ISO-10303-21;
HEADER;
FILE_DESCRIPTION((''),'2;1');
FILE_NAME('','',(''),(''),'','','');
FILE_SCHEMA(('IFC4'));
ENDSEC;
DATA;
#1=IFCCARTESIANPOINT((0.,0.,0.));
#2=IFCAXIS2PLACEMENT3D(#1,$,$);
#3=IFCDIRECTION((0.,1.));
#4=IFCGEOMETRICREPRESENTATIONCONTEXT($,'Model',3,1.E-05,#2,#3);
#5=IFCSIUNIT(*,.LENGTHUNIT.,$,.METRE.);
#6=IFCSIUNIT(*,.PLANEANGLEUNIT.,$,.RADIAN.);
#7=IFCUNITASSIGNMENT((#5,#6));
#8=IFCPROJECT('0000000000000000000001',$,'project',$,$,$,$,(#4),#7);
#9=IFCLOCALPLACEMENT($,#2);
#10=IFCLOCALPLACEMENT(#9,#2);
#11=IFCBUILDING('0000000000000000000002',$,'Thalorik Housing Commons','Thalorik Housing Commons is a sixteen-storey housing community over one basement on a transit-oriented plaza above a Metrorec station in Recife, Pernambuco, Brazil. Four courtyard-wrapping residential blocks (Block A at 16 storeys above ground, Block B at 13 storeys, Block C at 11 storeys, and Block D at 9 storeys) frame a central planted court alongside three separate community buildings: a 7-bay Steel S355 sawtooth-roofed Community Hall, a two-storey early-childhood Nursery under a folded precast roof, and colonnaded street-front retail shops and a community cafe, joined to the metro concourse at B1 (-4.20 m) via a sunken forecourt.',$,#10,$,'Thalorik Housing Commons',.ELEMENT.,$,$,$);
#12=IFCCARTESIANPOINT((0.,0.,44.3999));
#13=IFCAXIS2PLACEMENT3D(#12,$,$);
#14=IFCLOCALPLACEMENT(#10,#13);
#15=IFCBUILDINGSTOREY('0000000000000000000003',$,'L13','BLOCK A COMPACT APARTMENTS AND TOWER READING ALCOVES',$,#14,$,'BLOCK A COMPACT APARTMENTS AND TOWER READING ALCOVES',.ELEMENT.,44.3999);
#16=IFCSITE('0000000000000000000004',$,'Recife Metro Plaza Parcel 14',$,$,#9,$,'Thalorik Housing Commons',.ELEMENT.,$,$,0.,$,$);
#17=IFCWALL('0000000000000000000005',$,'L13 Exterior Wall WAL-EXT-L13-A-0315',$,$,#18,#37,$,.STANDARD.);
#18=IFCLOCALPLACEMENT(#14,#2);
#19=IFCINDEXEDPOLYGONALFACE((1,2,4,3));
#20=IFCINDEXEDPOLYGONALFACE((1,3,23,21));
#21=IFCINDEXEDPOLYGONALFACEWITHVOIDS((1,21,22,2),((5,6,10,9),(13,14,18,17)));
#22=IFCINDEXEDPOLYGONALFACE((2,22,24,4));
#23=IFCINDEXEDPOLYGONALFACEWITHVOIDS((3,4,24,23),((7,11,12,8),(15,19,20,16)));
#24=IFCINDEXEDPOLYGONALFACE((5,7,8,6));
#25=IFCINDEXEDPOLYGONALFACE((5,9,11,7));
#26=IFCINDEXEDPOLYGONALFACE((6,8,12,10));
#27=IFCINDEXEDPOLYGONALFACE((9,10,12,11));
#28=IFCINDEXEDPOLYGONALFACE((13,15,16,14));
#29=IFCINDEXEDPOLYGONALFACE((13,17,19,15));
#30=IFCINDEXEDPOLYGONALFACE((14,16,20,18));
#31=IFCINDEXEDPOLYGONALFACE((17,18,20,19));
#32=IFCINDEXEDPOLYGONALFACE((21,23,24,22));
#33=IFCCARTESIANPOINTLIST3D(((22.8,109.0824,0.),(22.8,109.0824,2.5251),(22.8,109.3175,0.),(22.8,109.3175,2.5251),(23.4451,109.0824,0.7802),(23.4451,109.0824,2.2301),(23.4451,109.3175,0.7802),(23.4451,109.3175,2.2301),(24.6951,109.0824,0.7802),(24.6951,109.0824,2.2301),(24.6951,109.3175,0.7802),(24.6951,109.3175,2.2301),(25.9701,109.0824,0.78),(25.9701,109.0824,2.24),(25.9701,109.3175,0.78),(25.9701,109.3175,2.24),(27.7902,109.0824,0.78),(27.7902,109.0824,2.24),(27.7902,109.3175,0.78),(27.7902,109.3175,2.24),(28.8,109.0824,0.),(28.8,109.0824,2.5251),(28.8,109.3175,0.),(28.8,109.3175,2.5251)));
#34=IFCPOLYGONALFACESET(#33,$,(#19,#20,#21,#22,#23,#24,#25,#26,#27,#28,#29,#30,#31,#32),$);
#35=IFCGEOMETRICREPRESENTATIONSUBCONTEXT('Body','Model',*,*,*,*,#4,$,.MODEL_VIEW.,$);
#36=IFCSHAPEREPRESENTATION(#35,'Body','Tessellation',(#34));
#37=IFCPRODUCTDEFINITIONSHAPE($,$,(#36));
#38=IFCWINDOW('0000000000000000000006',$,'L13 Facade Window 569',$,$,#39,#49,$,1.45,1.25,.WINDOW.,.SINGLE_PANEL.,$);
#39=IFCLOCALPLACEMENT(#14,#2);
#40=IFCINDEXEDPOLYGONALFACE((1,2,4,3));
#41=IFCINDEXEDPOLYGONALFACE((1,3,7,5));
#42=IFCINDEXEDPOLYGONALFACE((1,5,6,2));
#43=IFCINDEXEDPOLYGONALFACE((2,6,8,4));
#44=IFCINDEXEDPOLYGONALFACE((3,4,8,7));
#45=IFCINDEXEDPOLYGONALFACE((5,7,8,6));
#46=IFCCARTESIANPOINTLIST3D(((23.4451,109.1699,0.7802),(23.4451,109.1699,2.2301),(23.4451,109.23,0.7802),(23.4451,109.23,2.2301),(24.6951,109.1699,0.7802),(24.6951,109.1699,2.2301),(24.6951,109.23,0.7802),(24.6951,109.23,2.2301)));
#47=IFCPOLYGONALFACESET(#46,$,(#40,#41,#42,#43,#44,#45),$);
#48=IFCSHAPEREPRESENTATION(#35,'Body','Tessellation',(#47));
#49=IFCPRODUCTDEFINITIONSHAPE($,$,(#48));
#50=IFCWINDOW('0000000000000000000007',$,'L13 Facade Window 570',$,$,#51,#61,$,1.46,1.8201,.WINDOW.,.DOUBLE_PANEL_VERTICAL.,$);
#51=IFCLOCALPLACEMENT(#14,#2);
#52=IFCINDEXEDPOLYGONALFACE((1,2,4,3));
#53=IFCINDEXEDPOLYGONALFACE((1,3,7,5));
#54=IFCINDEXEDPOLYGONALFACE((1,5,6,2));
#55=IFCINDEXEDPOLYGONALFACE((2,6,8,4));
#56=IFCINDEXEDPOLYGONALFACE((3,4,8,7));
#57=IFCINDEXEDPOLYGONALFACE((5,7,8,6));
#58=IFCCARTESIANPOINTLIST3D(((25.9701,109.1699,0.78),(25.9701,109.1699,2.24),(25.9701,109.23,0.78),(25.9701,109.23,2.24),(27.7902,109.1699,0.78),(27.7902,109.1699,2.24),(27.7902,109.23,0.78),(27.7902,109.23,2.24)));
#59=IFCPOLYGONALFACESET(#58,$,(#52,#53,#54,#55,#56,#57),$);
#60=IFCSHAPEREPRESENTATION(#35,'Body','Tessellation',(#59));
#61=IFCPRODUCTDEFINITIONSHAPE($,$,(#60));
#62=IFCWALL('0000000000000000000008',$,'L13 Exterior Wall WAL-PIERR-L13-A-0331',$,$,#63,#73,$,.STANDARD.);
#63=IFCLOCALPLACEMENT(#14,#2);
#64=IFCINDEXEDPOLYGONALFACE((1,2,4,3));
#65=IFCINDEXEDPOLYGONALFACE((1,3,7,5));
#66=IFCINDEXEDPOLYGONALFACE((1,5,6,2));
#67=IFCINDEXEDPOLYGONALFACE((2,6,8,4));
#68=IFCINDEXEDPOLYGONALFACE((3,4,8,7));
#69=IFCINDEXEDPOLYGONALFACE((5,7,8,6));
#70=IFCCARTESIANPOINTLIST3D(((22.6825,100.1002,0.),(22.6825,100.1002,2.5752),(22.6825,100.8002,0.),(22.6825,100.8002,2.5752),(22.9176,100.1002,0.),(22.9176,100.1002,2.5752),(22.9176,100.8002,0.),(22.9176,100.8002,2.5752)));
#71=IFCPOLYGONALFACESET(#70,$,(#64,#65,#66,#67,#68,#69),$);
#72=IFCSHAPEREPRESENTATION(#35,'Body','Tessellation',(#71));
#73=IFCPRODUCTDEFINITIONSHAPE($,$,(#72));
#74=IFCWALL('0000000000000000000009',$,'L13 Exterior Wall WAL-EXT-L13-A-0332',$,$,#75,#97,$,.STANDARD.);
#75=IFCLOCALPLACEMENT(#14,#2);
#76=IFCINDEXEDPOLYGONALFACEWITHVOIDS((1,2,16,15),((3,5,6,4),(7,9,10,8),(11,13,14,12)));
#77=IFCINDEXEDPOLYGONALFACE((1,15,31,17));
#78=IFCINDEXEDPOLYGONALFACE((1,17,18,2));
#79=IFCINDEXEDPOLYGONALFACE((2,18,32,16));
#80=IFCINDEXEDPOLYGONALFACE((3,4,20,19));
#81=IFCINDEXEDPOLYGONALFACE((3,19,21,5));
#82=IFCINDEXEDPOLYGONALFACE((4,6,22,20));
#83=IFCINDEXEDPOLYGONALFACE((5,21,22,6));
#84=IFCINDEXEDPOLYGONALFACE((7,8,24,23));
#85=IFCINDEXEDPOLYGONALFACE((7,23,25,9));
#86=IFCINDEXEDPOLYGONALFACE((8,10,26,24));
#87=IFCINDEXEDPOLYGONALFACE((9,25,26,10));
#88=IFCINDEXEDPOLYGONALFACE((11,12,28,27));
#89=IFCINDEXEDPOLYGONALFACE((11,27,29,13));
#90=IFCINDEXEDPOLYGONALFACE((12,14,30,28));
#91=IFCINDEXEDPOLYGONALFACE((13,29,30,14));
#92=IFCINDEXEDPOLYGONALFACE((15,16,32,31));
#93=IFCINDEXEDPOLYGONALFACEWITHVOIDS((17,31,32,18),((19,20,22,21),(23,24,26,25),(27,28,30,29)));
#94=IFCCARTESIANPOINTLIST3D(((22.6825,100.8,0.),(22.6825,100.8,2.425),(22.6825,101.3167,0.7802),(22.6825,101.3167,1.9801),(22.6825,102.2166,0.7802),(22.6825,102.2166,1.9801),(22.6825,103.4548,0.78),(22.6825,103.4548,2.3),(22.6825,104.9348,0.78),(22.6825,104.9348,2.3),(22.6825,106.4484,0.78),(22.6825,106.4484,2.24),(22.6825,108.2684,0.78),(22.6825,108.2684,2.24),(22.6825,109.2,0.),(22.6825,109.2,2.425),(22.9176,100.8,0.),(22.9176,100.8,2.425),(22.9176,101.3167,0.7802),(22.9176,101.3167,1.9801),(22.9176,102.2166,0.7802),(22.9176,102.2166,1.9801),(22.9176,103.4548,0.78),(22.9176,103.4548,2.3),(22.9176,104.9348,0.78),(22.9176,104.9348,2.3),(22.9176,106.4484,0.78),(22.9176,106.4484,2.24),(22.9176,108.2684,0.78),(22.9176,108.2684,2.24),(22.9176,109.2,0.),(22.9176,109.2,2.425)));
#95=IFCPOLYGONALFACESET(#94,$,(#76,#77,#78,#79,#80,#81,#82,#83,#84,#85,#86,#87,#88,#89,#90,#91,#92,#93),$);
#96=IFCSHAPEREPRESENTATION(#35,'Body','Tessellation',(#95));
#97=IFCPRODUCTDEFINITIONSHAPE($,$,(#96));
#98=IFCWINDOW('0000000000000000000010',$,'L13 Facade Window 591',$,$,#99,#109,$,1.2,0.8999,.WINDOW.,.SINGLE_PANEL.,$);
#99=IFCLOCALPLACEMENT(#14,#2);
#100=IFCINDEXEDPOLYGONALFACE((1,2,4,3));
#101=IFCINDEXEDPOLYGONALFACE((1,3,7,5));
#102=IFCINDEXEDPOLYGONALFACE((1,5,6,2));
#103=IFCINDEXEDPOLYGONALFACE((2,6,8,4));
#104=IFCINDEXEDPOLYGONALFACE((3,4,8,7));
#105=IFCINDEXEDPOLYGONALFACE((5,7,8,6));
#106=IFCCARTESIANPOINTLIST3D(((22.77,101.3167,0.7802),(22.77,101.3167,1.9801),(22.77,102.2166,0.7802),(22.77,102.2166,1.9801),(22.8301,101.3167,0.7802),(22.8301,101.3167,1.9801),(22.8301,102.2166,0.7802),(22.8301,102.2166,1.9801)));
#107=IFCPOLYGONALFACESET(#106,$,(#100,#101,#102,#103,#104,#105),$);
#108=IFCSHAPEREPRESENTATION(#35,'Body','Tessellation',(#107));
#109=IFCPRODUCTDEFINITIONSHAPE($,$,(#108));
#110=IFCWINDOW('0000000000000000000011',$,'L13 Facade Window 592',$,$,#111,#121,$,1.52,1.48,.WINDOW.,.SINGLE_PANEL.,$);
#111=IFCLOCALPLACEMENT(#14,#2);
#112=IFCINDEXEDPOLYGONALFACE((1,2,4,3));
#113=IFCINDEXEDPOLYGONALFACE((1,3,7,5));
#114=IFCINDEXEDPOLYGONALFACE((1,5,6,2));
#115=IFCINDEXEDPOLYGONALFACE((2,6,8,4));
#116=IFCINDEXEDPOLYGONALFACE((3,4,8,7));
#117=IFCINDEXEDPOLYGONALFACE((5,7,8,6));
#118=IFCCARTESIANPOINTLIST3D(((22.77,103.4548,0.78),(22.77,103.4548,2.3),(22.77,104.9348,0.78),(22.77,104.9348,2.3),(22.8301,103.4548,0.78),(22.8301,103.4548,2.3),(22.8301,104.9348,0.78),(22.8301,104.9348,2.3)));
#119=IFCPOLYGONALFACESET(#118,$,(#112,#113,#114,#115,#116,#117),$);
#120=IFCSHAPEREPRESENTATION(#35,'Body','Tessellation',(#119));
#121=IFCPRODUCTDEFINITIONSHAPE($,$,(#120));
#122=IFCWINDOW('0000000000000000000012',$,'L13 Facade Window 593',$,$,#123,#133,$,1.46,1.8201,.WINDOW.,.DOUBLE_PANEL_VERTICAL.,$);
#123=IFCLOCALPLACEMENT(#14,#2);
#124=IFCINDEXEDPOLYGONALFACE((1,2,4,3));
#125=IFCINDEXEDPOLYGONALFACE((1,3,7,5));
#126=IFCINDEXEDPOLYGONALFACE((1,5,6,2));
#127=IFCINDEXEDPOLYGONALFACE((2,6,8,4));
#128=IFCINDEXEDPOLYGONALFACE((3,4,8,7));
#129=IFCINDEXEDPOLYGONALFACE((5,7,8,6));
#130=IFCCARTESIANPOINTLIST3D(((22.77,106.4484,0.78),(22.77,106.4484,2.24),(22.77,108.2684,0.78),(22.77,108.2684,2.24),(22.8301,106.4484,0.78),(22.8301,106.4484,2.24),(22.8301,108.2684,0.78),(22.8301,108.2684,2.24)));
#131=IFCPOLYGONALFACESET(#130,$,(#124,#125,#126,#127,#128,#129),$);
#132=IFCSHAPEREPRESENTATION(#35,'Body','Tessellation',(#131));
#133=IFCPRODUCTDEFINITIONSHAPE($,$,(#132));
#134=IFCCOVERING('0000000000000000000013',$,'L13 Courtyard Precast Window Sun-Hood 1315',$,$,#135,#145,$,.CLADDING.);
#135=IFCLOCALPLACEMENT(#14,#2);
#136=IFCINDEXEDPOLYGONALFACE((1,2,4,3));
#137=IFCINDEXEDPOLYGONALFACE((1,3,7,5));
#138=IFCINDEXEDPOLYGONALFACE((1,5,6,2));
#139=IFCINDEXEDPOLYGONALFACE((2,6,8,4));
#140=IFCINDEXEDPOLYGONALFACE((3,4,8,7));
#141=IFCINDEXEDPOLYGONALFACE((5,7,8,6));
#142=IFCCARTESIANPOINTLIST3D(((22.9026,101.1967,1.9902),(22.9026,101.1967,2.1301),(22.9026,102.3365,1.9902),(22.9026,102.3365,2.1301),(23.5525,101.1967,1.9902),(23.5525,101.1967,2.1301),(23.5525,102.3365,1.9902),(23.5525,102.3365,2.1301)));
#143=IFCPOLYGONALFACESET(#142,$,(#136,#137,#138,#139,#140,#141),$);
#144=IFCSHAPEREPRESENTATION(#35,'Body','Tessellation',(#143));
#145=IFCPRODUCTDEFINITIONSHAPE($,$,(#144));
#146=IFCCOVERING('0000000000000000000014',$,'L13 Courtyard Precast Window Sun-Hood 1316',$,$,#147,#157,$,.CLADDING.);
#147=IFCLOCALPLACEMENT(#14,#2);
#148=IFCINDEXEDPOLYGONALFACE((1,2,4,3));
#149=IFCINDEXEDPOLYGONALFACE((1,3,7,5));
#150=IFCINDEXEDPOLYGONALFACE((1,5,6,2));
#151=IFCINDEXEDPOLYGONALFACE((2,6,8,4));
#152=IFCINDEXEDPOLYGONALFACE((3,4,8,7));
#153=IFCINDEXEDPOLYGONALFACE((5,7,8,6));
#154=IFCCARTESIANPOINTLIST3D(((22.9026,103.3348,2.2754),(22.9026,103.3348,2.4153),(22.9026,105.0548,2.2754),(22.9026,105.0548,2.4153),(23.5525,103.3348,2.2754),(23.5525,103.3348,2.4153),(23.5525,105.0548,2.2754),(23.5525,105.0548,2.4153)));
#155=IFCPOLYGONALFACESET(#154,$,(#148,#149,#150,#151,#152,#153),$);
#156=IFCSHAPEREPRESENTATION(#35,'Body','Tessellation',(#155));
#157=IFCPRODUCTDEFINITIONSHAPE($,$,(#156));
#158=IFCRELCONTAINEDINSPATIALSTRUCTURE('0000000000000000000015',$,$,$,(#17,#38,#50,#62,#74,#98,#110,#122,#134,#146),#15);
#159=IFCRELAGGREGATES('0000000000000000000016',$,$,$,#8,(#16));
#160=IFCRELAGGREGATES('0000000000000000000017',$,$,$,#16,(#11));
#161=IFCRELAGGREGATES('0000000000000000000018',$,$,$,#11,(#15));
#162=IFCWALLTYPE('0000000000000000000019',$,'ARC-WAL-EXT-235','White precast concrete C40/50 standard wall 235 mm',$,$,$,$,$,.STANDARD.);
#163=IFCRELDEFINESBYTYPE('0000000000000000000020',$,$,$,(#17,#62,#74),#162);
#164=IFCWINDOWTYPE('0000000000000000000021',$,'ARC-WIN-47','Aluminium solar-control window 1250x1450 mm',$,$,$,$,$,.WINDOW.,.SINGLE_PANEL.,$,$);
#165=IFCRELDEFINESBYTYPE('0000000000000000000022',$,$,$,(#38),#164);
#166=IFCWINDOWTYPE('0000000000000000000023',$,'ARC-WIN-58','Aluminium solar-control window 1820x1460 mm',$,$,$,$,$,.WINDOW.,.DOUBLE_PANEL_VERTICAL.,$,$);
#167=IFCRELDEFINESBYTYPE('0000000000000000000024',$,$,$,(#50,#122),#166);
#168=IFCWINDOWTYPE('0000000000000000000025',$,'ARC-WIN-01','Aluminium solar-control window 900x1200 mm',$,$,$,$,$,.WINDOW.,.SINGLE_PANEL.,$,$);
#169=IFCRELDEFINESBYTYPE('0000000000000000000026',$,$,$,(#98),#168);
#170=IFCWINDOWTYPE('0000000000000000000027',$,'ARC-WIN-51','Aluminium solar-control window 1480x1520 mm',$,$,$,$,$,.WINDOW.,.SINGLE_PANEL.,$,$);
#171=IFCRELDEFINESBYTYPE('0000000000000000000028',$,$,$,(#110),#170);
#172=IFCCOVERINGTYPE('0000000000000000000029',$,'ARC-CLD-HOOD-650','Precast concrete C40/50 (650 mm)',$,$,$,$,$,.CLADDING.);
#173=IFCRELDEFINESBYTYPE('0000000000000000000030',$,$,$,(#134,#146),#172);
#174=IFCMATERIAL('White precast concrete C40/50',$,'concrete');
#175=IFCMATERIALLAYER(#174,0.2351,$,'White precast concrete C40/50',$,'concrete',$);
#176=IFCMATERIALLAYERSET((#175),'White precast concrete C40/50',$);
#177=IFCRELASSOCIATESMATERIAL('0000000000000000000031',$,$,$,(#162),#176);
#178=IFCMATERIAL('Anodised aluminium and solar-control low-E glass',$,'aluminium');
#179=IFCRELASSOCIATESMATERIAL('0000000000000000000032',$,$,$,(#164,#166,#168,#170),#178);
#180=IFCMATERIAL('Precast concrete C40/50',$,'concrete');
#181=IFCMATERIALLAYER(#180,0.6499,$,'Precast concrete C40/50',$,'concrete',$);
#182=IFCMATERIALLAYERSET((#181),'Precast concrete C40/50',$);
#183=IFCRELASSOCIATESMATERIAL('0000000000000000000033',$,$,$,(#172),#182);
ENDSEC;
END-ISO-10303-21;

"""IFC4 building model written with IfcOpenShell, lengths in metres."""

from ifc_helpers import new_model, si_unit, direction, frame, frame_2d, origin, origin_2d, place, context, subcontext, project, spatial, rectangle, extrude, material, layer, layer_set, type_object, element, fill, save


model = new_model("IFC4")

# Units and contexts
model_context = context("Model", 3, precision=1e-05, world=origin(), true_north=direction((0.0, 1.0)))
body_context = subcontext(model_context, "Body", "Model", "MODEL_VIEW")
ifc_project = project(units=[si_unit("LENGTHUNIT", "METRE"), si_unit("PLANEANGLEUNIT", "RADIAN")], contexts=[model_context])

# Site, building, storey
site_placement = place(None, origin())
site = spatial("IfcSite", under=ifc_project, at=site_placement, Name="Recife Metro Plaza Parcel 14", LongName="Thalorik Housing Commons", CompositionType="ELEMENT", RefElevation=0.0)
building_placement = place(site_placement, origin())
building = spatial("IfcBuilding", under=site, at=building_placement, Name="Thalorik Housing Commons", Description="Thalorik Housing Commons is a sixteen-storey housing community over one basement on a transit-oriented plaza above a Metrorec station in Recife, Pernambuco, Brazil. Four courtyard-wrapping residential blocks (Block A at 16 storeys above ground, Block B at 13 storeys, Block C at 11 storeys, and Block D at 9 storeys) frame a central planted court alongside three separate community buildings: a 7-bay Steel S355 sawtooth-roofed Community Hall, a two-storey early-childhood Nursery under a folded precast roof, and colonnaded street-front retail shops and a community cafe, joined to the metro concourse at B1 (-4.20 m) via a sunken forecourt.", LongName="Thalorik Housing Commons", CompositionType="ELEMENT")
storey_placement = place(building_placement, frame((0.0, 0.0, 44.3999)))
storey = spatial("IfcBuildingStorey", under=building, at=storey_placement, Name="L13", Description="BLOCK A COMPACT APARTMENTS AND TOWER READING ALCOVES", LongName="BLOCK A COMPACT APARTMENTS AND TOWER READING ALCOVES", CompositionType="ELEMENT", Elevation=44.3999)

# Shared definitions
ifc_material_1 = material(Name="Precast concrete C40/50", Category="concrete")

# Shared definitions
ifc_material_2 = material(Name="Anodised aluminium and solar-control low-E glass", Category="aluminium")

# Wall, openings, windows
ifc_material_3 = material(Name="White precast concrete C40/50", Category="concrete")
ifc_layer_1 = layer(ifc_material_3, 0.2351, Name="White precast concrete C40/50", Category="concrete")
ifc_layer_set_1 = layer_set([ifc_layer_1], Name="White precast concrete C40/50")
wall_type = type_object("IfcWallType", Name="ARC-WAL-EXT-235", Description="White precast concrete C40/50 standard wall 235 mm", PredefinedType="STANDARD", material=ifc_layer_set_1)
wall_1_placement = place(storey_placement, frame((22.8, 109.2, 0.0), z_axis=(0.0, 0.0, 1.0), x_axis=(1.0, 0.0, 0.0)))
wall_1 = element("IfcWall", 1, at=wall_1_placement, inside=storey, type_object=wall_type, Name="L13 Exterior Wall WAL-EXT-L13-A-0315", PredefinedType="STANDARD", context=body_context, shape_type="SweptSolid", body=[
    extrude(rectangle(XDim=6.0, YDim=0.2351, at=frame_2d((3.0, 0.0))), origin(), (0.0, 0.0, 1.0), 2.5251),
])
opening_1_placement = place(wall_1_placement, frame((0.645, 0.0, 0.78)))
opening_1 = element("IfcOpeningElement", 2, at=opening_1_placement, cuts=wall_1, PredefinedType="OPENING", context=body_context, shape_type="SweptSolid", body=[
    extrude(rectangle(XDim=1.25, YDim=1.45, at=frame_2d((0.625, 0.7251))), frame((0.0, 0.1274, 0.0), z_axis=(0.0, -1.0, 0.0), x_axis=(1.0, 0.0, 0.0)), (0.0, 0.0, 1.0), 0.2551),
])
opening_2_placement = place(wall_1_placement, frame((3.1699, 0.0, 0.78)))
opening_2 = element("IfcOpeningElement", 3, at=opening_2_placement, cuts=wall_1, PredefinedType="OPENING", context=body_context, shape_type="SweptSolid", body=[
    extrude(rectangle(XDim=1.8201, YDim=1.46, at=frame_2d((0.9102, 0.73))), frame((0.0, 0.1274, 0.0), z_axis=(0.0, -1.0, 0.0), x_axis=(1.0, 0.0, 0.0)), (0.0, 0.0, 1.0), 0.2551),
])
window_type_1 = type_object("IfcWindowType", Name="ARC-WIN-47", Description="Aluminium solar-control window 1250x1450 mm", PartitioningType="SINGLE_PANEL", PredefinedType="WINDOW", material=ifc_material_2)
window_1_placement = place(opening_1_placement, origin())
window_1 = element("IfcWindow", 4, at=window_1_placement, inside=storey, type_object=window_type_1, Name="L13 Facade Window 569", OverallHeight=1.45, OverallWidth=1.25, PartitioningType="SINGLE_PANEL", PredefinedType="WINDOW", context=body_context, shape_type="SweptSolid", body=[
    extrude(rectangle(XDim=1.25, YDim=1.45, at=frame_2d((0.625, 0.7251))), frame((0.0, 0.03, 0.0), z_axis=(0.0, -1.0, 0.0), x_axis=(1.0, 0.0, 0.0)), (0.0, 0.0, 1.0), 0.0601),
])
fill(opening_1, window_1)
window_type_2 = type_object("IfcWindowType", Name="ARC-WIN-58", Description="Aluminium solar-control window 1820x1460 mm", PartitioningType="DOUBLE_PANEL_VERTICAL", PredefinedType="WINDOW", material=ifc_material_2)
window_2_placement = place(opening_2_placement, origin())
window_2 = element("IfcWindow", 5, at=window_2_placement, inside=storey, type_object=window_type_2, Name="L13 Facade Window 570", OverallHeight=1.46, OverallWidth=1.8201, PartitioningType="DOUBLE_PANEL_VERTICAL", PredefinedType="WINDOW", context=body_context, shape_type="SweptSolid", body=[
    extrude(rectangle(XDim=1.8201, YDim=1.46, at=frame_2d((0.9102, 0.73))), frame((0.0, 0.03, 0.0), z_axis=(0.0, -1.0, 0.0), x_axis=(1.0, 0.0, 0.0)), (0.0, 0.0, 1.0), 0.0601),
])
fill(opening_2, window_2)

# Wall
wall_2_placement = place(storey_placement, frame((22.8, 100.1001, 0.0), z_axis=(0.0, 0.0, 1.0), x_axis=(0.0, 1.0, 0.0)))
element("IfcWall", 6, at=wall_2_placement, inside=storey, type_object=wall_type, Name="L13 Exterior Wall WAL-PIERR-L13-A-0331", PredefinedType="STANDARD", context=body_context, shape_type="SweptSolid", body=[
    extrude(rectangle(XDim=0.7, YDim=0.2351, at=frame_2d((0.3501, 0.0))), origin(), (0.0, 0.0, 1.0), 2.5752),
])

# Wall, openings, windows
wall_3_placement = place(storey_placement, frame((22.8, 100.8, 0.0), z_axis=(0.0, 0.0, 1.0), x_axis=(0.0, 1.0, 0.0)))
wall_3 = element("IfcWall", 7, at=wall_3_placement, inside=storey, type_object=wall_type, Name="L13 Exterior Wall WAL-EXT-L13-A-0332", PredefinedType="STANDARD", context=body_context, shape_type="SweptSolid", body=[
    extrude(rectangle(XDim=8.3999, YDim=0.2351, at=frame_2d((4.2, 0.0))), origin(), (0.0, 0.0, 1.0), 2.425),
])
opening_3_placement = place(wall_3_placement, frame((0.5166, 0.0, 0.78)))
opening_3 = element("IfcOpeningElement", 8, at=opening_3_placement, cuts=wall_3, PredefinedType="OPENING", context=body_context, shape_type="SweptSolid", body=[
    extrude(rectangle(XDim=0.8999, YDim=1.2, at=frame_2d((0.45, 0.6001))), frame((0.0, 0.1274, 0.0), z_axis=(0.0, -1.0, 0.0), x_axis=(1.0, 0.0, 0.0)), (0.0, 0.0, 1.0), 0.2551),
])
opening_4_placement = place(wall_3_placement, frame((2.6548, 0.0, 0.78)))
opening_4 = element("IfcOpeningElement", 9, at=opening_4_placement, cuts=wall_3, PredefinedType="OPENING", context=body_context, shape_type="SweptSolid", body=[
    extrude(rectangle(XDim=1.48, YDim=1.52, at=frame_2d((0.74, 0.76))), frame((0.0, 0.1274, 0.0), z_axis=(0.0, -1.0, 0.0), x_axis=(1.0, 0.0, 0.0)), (0.0, 0.0, 1.0), 0.2551),
])
opening_5_placement = place(wall_3_placement, frame((5.6482, 0.0, 0.78)))
opening_5 = element("IfcOpeningElement", 10, at=opening_5_placement, cuts=wall_3, PredefinedType="OPENING", context=body_context, shape_type="SweptSolid", body=[
    extrude(rectangle(XDim=1.8201, YDim=1.46, at=frame_2d((0.9102, 0.73))), frame((0.0, 0.1274, 0.0), z_axis=(0.0, -1.0, 0.0), x_axis=(1.0, 0.0, 0.0)), (0.0, 0.0, 1.0), 0.2551),
])
window_type_3 = type_object("IfcWindowType", Name="ARC-WIN-01", Description="Aluminium solar-control window 900x1200 mm", PartitioningType="SINGLE_PANEL", PredefinedType="WINDOW", material=ifc_material_2)
window_3_placement = place(opening_3_placement, origin())
window_3 = element("IfcWindow", 11, at=window_3_placement, inside=storey, type_object=window_type_3, Name="L13 Facade Window 591", OverallHeight=1.2, OverallWidth=0.8999, PartitioningType="SINGLE_PANEL", PredefinedType="WINDOW", context=body_context, shape_type="SweptSolid", body=[
    extrude(rectangle(XDim=0.8999, YDim=1.2, at=frame_2d((0.45, 0.6001))), frame((0.0, 0.03, 0.0), z_axis=(0.0, -1.0, 0.0), x_axis=(1.0, 0.0, 0.0)), (0.0, 0.0, 1.0), 0.0601),
])
fill(opening_3, window_3)
window_type_4 = type_object("IfcWindowType", Name="ARC-WIN-51", Description="Aluminium solar-control window 1480x1520 mm", PartitioningType="SINGLE_PANEL", PredefinedType="WINDOW", material=ifc_material_2)
window_4_placement = place(opening_4_placement, origin())
window_4 = element("IfcWindow", 12, at=window_4_placement, inside=storey, type_object=window_type_4, Name="L13 Facade Window 592", OverallHeight=1.52, OverallWidth=1.48, PartitioningType="SINGLE_PANEL", PredefinedType="WINDOW", context=body_context, shape_type="SweptSolid", body=[
    extrude(rectangle(XDim=1.48, YDim=1.52, at=frame_2d((0.74, 0.76))), frame((0.0, 0.03, 0.0), z_axis=(0.0, -1.0, 0.0), x_axis=(1.0, 0.0, 0.0)), (0.0, 0.0, 1.0), 0.0601),
])
fill(opening_4, window_4)
window_5_placement = place(opening_5_placement, origin())
window_5 = element("IfcWindow", 13, at=window_5_placement, inside=storey, type_object=window_type_2, Name="L13 Facade Window 593", OverallHeight=1.46, OverallWidth=1.8201, PartitioningType="DOUBLE_PANEL_VERTICAL", PredefinedType="WINDOW", context=body_context, shape_type="SweptSolid", body=[
    extrude(rectangle(XDim=1.8201, YDim=1.46, at=frame_2d((0.9102, 0.73))), frame((0.0, 0.03, 0.0), z_axis=(0.0, -1.0, 0.0), x_axis=(1.0, 0.0, 0.0)), (0.0, 0.0, 1.0), 0.0601),
])
fill(opening_5, window_5)

# Coverings
ifc_layer_2 = layer(ifc_material_1, 0.6499, Name="Precast concrete C40/50", Category="concrete")
ifc_layer_set_2 = layer_set([ifc_layer_2], Name="Precast concrete C40/50")
covering_type = type_object("IfcCoveringType", Name="ARC-CLD-HOOD-650", Description="Precast concrete C40/50 (650 mm)", PredefinedType="CLADDING", material=ifc_layer_set_2)
covering_1_placement = place(storey_placement, frame((23.2275, 101.7666, 1.9902), z_axis=(0.0, 0.0, 1.0), x_axis=(0.0, 1.0, 0.0)))
element("IfcCovering", 14, at=covering_1_placement, inside=storey, type_object=covering_type, Name="L13 Courtyard Precast Window Sun-Hood 1315", PredefinedType="CLADDING", context=body_context, shape_type="SweptSolid", body=[
    extrude(rectangle(XDim=1.1399, YDim=0.6499, at=origin_2d()), origin(), (0.0, 0.0, 1.0), 0.1399),
])
covering_2_placement = place(storey_placement, frame((23.2275, 104.1948, 2.2754), z_axis=(0.0, 0.0, 1.0), x_axis=(0.0, 1.0, 0.0)))
element("IfcCovering", 15, at=covering_2_placement, inside=storey, type_object=covering_type, Name="L13 Courtyard Precast Window Sun-Hood 1316", PredefinedType="CLADDING", context=body_context, shape_type="SweptSolid", body=[
    extrude(rectangle(XDim=1.72, YDim=0.6499, at=origin_2d()), origin(), (0.0, 0.0, 1.0), 0.1399),
])

save(model, "model.ifc")
